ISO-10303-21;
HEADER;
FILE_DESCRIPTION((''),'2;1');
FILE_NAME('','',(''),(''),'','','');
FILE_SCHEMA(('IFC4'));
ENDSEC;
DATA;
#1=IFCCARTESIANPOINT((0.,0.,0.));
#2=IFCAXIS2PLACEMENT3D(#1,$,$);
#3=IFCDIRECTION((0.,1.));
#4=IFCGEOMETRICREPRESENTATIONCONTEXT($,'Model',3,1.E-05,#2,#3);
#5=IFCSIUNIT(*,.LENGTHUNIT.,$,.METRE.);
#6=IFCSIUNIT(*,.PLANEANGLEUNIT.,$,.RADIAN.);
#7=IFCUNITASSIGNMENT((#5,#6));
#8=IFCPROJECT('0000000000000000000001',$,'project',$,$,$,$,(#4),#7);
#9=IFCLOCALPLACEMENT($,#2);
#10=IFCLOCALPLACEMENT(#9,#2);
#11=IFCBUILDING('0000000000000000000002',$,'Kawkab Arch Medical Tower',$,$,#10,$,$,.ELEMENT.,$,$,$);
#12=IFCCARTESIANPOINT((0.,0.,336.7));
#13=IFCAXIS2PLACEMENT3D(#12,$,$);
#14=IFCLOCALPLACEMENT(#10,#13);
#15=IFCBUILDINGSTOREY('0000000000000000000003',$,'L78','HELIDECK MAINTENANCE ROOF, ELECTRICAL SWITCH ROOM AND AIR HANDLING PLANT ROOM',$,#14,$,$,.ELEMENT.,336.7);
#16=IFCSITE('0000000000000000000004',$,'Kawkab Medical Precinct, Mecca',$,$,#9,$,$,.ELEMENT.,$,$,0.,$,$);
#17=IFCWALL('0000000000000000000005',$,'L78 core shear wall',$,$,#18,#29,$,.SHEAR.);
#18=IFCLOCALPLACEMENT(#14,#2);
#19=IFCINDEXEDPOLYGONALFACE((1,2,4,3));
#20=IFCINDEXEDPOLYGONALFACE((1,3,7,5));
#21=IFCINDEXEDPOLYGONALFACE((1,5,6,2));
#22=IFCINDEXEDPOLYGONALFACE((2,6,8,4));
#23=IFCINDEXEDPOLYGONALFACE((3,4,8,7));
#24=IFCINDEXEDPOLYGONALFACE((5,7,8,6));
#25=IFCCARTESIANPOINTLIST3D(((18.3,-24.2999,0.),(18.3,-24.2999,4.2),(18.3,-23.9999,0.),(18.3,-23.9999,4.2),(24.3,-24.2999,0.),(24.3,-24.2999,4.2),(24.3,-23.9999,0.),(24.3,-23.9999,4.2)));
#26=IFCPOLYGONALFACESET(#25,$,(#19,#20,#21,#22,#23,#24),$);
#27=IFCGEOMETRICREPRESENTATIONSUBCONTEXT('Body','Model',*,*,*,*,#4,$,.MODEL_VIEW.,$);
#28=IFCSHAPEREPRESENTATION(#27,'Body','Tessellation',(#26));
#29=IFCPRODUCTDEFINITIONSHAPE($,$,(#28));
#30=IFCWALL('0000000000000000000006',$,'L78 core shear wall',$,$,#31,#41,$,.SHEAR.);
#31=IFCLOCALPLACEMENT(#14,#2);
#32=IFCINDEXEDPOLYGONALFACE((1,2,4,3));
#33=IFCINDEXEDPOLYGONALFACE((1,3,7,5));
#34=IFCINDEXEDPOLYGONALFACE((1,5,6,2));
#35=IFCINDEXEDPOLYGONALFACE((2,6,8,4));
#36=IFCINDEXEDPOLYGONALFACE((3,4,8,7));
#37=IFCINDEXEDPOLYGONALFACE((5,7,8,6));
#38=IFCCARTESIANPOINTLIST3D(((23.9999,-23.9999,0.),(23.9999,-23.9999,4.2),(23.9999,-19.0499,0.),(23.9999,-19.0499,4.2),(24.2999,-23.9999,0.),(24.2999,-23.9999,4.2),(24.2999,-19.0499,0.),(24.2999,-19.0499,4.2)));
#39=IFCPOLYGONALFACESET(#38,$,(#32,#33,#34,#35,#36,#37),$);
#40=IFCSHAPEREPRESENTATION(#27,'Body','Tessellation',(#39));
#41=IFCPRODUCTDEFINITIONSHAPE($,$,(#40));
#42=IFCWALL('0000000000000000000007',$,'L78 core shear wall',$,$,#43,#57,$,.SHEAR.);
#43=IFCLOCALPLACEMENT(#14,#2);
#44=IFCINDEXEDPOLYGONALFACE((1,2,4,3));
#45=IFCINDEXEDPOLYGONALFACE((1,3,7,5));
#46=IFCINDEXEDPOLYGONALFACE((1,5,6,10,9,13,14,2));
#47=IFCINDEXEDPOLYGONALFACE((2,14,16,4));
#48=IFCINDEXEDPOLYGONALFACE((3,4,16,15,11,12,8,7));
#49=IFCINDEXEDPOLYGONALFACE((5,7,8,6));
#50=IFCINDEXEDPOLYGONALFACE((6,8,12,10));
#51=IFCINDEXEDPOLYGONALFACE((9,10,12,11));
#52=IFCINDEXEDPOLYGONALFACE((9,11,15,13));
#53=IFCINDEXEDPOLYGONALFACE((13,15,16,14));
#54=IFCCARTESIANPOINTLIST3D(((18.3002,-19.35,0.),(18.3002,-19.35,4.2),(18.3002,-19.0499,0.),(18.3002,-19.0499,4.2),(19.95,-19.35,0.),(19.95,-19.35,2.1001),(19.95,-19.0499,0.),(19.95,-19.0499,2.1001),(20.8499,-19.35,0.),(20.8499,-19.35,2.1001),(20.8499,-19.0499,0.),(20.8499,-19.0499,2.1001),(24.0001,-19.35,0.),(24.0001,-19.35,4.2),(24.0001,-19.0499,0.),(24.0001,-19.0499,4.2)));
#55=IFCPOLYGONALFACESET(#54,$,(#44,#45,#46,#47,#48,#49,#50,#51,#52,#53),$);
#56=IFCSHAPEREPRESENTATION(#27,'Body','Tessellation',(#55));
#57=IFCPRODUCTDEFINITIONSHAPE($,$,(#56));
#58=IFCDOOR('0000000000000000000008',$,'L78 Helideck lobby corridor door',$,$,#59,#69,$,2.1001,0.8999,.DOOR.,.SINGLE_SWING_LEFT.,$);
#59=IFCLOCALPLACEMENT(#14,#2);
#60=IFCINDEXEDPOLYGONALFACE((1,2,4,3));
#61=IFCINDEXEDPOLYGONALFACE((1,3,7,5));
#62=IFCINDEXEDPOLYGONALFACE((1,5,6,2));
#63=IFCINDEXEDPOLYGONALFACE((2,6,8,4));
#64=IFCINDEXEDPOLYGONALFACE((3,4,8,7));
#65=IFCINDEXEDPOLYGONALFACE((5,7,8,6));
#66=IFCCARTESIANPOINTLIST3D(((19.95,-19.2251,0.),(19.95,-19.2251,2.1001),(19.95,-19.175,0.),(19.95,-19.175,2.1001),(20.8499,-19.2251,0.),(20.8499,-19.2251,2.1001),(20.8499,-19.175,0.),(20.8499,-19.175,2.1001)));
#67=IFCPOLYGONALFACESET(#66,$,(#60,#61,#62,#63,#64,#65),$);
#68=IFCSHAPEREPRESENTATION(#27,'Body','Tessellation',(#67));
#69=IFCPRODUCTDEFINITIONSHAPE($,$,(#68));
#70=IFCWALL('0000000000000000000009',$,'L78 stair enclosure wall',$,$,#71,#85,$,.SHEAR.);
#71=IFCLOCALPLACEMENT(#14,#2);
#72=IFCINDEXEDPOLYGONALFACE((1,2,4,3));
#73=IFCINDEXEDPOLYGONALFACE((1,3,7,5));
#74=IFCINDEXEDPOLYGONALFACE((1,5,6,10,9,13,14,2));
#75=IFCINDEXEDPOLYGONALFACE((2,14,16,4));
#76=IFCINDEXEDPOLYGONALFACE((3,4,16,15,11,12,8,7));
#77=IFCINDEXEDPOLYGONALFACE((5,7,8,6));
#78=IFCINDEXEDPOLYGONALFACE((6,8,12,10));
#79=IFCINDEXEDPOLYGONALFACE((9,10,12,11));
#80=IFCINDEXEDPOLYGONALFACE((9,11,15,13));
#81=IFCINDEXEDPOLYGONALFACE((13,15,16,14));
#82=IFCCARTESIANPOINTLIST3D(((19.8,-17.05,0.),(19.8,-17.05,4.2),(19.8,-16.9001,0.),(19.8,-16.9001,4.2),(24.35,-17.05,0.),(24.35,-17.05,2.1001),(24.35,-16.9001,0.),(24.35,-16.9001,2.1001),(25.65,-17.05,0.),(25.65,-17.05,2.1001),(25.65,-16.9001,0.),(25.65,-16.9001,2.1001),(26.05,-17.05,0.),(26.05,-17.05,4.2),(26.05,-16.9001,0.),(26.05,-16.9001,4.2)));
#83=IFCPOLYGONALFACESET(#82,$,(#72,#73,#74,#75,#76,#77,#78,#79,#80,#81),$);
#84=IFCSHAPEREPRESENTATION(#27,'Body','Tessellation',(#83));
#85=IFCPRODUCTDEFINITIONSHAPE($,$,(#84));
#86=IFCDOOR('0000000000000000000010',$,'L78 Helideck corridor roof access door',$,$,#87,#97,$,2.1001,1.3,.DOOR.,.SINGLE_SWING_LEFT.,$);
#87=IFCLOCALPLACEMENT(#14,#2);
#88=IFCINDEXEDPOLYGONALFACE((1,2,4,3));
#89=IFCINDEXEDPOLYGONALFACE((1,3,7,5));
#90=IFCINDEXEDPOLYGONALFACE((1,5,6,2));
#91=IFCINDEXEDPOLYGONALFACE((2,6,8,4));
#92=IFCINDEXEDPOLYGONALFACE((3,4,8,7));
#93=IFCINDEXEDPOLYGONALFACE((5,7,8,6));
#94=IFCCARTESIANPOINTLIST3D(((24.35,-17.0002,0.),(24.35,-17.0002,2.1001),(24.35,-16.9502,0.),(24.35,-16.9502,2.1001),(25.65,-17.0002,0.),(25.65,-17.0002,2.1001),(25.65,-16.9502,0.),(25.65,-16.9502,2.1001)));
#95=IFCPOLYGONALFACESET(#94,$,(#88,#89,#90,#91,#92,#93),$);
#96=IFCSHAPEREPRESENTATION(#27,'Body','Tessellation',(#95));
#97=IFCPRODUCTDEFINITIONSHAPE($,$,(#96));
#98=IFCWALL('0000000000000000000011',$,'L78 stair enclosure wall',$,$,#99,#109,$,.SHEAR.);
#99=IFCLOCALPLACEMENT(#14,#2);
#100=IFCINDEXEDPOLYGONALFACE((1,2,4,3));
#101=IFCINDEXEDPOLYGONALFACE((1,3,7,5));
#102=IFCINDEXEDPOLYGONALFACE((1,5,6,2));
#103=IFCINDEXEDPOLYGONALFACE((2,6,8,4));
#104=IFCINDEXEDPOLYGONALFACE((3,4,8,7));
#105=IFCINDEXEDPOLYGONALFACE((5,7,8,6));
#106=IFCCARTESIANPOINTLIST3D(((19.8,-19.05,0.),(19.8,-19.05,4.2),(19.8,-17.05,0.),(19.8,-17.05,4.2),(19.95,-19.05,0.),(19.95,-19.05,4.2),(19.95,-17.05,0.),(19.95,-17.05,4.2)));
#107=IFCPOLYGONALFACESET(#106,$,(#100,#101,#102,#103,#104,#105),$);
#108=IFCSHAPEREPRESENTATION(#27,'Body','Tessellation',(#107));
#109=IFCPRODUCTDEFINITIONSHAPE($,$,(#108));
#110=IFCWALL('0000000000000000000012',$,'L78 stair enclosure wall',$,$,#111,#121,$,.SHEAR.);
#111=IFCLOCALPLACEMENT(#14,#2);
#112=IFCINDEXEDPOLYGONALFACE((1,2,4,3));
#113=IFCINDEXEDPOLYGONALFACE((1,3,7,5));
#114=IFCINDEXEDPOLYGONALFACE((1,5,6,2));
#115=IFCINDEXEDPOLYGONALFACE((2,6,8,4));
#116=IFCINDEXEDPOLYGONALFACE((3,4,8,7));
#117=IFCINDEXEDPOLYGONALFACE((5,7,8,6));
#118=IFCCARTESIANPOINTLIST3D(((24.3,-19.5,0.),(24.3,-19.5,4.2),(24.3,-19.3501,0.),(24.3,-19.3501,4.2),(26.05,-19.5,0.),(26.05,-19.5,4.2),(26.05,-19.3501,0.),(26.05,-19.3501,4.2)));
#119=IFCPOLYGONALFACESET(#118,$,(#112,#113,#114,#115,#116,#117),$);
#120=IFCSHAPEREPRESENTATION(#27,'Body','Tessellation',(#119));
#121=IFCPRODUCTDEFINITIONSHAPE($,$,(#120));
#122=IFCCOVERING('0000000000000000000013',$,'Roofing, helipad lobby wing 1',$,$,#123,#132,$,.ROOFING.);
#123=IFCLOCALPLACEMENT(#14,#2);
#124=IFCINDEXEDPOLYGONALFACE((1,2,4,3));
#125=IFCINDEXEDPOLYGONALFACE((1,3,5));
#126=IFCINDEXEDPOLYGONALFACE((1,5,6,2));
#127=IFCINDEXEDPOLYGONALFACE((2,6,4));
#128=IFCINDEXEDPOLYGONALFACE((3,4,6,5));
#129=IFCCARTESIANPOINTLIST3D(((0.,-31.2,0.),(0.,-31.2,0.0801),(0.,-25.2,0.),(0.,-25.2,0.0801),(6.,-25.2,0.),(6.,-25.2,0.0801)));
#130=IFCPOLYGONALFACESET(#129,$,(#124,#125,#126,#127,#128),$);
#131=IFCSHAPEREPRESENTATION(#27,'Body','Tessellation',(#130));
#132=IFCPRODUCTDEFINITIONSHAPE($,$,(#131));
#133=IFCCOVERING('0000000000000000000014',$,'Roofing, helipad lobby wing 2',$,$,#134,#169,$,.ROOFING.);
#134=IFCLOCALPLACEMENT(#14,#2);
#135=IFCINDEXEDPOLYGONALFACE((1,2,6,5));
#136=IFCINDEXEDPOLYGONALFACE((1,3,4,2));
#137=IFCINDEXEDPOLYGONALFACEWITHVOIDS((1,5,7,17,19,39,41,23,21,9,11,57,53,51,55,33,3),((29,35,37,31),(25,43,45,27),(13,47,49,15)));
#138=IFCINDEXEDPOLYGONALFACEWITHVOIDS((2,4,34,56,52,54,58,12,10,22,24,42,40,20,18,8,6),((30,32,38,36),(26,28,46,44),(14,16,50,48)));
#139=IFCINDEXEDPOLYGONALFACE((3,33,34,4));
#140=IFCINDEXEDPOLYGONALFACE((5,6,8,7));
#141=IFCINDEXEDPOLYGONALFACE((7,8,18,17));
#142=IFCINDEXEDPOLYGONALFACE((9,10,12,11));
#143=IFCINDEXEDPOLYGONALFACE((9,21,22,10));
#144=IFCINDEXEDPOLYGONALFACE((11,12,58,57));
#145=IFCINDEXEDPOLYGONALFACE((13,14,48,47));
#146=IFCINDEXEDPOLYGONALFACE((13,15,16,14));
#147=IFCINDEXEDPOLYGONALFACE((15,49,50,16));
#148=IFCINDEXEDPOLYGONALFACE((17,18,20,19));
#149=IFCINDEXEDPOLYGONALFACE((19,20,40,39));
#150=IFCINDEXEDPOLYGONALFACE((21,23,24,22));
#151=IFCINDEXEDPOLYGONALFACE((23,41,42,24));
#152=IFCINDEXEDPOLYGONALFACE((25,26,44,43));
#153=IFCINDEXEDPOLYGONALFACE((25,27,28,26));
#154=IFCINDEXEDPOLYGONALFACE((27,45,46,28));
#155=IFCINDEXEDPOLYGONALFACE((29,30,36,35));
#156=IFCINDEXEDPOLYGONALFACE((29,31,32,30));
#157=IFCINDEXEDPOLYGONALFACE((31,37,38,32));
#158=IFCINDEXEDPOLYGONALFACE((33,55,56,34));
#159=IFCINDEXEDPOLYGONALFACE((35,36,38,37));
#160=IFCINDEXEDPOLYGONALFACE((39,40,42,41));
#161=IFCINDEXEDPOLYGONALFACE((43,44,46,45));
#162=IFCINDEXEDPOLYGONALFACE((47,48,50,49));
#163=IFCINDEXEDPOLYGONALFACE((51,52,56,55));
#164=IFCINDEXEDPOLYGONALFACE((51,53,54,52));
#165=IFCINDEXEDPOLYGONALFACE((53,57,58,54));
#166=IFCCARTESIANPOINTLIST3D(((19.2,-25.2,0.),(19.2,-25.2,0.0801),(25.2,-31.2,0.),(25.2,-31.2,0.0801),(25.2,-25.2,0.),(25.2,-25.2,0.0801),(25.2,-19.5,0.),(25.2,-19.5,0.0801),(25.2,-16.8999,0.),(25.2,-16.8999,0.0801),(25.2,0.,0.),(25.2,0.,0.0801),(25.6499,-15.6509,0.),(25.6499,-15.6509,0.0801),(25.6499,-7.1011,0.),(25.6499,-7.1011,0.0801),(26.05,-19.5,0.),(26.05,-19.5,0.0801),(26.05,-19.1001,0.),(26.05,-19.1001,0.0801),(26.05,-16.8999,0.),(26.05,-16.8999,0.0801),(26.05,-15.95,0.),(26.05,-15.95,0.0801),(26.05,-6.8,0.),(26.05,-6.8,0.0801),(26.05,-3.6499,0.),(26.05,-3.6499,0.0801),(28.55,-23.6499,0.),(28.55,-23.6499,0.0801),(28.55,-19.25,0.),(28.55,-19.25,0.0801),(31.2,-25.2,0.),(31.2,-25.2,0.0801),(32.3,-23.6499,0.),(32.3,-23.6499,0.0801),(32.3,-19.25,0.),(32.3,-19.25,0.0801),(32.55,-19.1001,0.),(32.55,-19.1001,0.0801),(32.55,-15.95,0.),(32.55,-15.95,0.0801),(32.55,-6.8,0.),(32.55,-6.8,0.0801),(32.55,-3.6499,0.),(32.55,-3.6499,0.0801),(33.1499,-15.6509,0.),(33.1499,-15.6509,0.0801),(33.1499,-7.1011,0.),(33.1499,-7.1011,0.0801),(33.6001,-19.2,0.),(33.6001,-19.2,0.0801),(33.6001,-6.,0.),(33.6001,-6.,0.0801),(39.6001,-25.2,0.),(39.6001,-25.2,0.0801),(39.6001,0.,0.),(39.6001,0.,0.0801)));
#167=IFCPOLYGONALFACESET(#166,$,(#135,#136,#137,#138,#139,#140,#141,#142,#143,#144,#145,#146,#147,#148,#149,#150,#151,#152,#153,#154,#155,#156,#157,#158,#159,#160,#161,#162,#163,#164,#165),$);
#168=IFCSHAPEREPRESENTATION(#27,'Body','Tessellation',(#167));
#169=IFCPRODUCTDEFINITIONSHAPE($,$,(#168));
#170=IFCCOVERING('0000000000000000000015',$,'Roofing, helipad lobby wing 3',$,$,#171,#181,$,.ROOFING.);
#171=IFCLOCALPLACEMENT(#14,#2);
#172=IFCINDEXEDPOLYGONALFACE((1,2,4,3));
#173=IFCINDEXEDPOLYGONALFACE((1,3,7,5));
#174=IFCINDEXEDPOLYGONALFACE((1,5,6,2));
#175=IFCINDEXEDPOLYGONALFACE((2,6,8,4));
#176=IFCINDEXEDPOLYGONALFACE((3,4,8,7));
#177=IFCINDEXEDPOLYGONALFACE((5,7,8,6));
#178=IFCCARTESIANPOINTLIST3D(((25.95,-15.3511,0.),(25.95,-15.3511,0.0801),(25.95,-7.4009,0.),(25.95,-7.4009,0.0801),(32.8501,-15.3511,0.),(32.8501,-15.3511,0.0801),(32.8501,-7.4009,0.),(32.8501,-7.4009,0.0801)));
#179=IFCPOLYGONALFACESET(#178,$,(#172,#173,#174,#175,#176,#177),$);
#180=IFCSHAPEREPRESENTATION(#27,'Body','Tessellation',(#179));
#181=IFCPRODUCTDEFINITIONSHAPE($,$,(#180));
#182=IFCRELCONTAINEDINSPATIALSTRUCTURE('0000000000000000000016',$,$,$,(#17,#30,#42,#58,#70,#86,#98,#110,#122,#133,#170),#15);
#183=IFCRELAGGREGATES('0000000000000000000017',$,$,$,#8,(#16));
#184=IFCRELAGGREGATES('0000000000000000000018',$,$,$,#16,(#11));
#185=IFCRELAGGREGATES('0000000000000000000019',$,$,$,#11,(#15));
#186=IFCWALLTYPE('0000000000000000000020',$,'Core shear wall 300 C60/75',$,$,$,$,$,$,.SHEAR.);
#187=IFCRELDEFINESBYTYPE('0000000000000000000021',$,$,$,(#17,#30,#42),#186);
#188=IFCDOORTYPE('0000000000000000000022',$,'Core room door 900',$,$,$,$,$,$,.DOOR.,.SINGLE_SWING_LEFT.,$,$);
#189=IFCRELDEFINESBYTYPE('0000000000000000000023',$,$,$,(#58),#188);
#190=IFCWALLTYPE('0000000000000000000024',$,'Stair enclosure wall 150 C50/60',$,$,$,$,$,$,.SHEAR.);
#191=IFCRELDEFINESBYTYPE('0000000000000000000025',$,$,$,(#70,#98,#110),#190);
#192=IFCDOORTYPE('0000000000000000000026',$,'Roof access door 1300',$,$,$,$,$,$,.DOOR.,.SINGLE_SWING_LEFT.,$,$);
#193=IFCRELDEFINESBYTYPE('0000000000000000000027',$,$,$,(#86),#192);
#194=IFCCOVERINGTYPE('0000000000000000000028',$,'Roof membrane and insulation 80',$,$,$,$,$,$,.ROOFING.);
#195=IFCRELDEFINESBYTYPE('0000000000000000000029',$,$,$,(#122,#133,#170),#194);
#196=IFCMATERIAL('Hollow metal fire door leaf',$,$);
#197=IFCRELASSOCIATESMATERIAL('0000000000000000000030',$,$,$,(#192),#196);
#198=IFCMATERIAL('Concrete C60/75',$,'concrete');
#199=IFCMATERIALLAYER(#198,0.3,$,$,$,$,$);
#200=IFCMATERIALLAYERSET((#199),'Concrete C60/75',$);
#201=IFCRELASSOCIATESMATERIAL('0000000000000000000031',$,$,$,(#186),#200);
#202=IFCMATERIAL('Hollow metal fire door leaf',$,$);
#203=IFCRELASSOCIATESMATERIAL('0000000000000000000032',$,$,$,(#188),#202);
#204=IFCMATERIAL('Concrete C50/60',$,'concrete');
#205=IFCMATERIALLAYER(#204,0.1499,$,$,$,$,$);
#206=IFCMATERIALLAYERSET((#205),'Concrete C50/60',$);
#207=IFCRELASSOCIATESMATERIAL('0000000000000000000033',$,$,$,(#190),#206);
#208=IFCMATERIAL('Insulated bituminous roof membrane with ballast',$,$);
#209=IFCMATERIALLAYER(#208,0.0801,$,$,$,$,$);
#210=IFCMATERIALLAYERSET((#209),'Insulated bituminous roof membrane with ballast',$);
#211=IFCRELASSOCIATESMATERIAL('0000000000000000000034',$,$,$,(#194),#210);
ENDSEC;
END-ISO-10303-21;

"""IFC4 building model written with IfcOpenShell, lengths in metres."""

from ifc_helpers import new_model, si_unit, direction, frame, frame_2d, origin, place, context, subcontext, project, spatial, polyline, rectangle, outline, extrude, material, layer, layer_set, type_object, element, fill, save


model = new_model("IFC4")

# Units and contexts
model_context = context("Model", 3, precision=1e-05, world=origin(), true_north=direction((0.0, 1.0)))
body_context = subcontext(model_context, "Body", "Model", "MODEL_VIEW")
ifc_project = project(units=[si_unit("LENGTHUNIT", "METRE"), si_unit("PLANEANGLEUNIT", "RADIAN")], contexts=[model_context])

# Site, building, storey
site_placement = place(None, origin())
site = spatial("IfcSite", under=ifc_project, at=site_placement, Name="Kawkab Medical Precinct, Mecca", CompositionType="ELEMENT", RefElevation=0.0)
building_placement = place(site_placement, origin())
building = spatial("IfcBuilding", under=site, at=building_placement, Name="Kawkab Arch Medical Tower", CompositionType="ELEMENT")
storey_placement = place(building_placement, frame((0.0, 0.0, 336.7)))
storey = spatial("IfcBuildingStorey", under=building, at=storey_placement, Name="L78", Description="HELIDECK MAINTENANCE ROOF, ELECTRICAL SWITCH ROOM AND AIR HANDLING PLANT ROOM", CompositionType="ELEMENT", Elevation=336.7)

# Shared definitions
placement_1 = place(storey_placement, origin())

# Shared definitions
ifc_material_1 = material(Name="Hollow metal fire door leaf")
door_type_1 = type_object("IfcDoorType", Name="Roof access door 1300", OperationType="SINGLE_SWING_LEFT", PredefinedType="DOOR", material=ifc_material_1)

# Walls
ifc_material_2 = material(Name="Concrete C60/75", Category="concrete")
ifc_layer_1 = layer(ifc_material_2, 0.3)
ifc_layer_set_1 = layer_set([ifc_layer_1], Name="Concrete C60/75")
wall_type_1 = type_object("IfcWallType", Name="Core shear wall 300 C60/75", PredefinedType="SHEAR", material=ifc_layer_set_1)
wall_1_placement = place(storey_placement, frame((18.3, -24.1499, 0.0), z_axis=(0.0, 0.0, 1.0), x_axis=(1.0, 0.0, 0.0)))
element("IfcWall", 1, at=wall_1_placement, inside=storey, type_object=wall_type_1, Name="L78 core shear wall", PredefinedType="SHEAR", context=body_context, shape_type="SweptSolid", body=[
    extrude(rectangle(XDim=6.0, YDim=0.3, at=frame_2d((3.0, 0.0))), origin(), (0.0, 0.0, 1.0), 4.2),
])
wall_2_placement = place(storey_placement, frame((24.1499, -24.0, 0.0), z_axis=(0.0, 0.0, 1.0), x_axis=(0.0, 1.0, 0.0)))
element("IfcWall", 2, at=wall_2_placement, inside=storey, type_object=wall_type_1, Name="L78 core shear wall", PredefinedType="SHEAR", context=body_context, shape_type="SweptSolid", body=[
    extrude(rectangle(XDim=4.95, YDim=0.3, at=frame_2d((2.4751, 0.0))), origin(), (0.0, 0.0, 1.0), 4.2),
])

# Walls, openings, doors
wall_3_placement = place(storey_placement, frame((18.3, -19.2, 0.0), z_axis=(0.0, 0.0, 1.0), x_axis=(1.0, 0.0, 0.0)))
wall_3 = element("IfcWall", 3, at=wall_3_placement, inside=storey, type_object=wall_type_1, Name="L78 core shear wall", PredefinedType="SHEAR", context=body_context, shape_type="SweptSolid", body=[
    extrude(rectangle(XDim=5.7, YDim=0.3, at=frame_2d((2.8501, 0.0))), origin(), (0.0, 0.0, 1.0), 4.2),
])
opening_1_placement = place(wall_3_placement, frame((1.6499, 0.0, 0.0)))
opening_1 = element("IfcOpeningElement", 4, at=opening_1_placement, cuts=wall_3, PredefinedType="OPENING", context=body_context, shape_type="SweptSolid", body=[
    extrude(rectangle(XDim=0.8999, YDim=2.1001, at=frame_2d((0.45, 1.05))), frame((0.0, 0.1599, 0.0), z_axis=(0.0, -1.0, 0.0), x_axis=(1.0, 0.0, 0.0)), (0.0, 0.0, 1.0), 0.3201),
])
ifc_material_3 = material(Name="Hollow metal fire door leaf")
door_type_2 = type_object("IfcDoorType", Name="Core room door 900", OperationType="SINGLE_SWING_LEFT", PredefinedType="DOOR", material=ifc_material_3)
door_1_placement = place(opening_1_placement, origin())
door_1 = element("IfcDoor", 5, at=door_1_placement, inside=storey, type_object=door_type_2, Name="L78 Helideck lobby corridor door", OperationType="SINGLE_SWING_LEFT", OverallHeight=2.1001, OverallWidth=0.8999, PredefinedType="DOOR", context=body_context, shape_type="SweptSolid", body=[
    extrude(rectangle(XDim=0.8999, YDim=2.1001, at=frame_2d((0.45, 1.05))), frame((0.0, 0.0249, 0.0), z_axis=(0.0, -1.0, 0.0), x_axis=(1.0, 0.0, 0.0)), (0.0, 0.0, 1.0), 0.05),
])
fill(opening_1, door_1)
ifc_material_4 = material(Name="Concrete C50/60", Category="concrete")
ifc_layer_2 = layer(ifc_material_4, 0.1499)
ifc_layer_set_2 = layer_set([ifc_layer_2], Name="Concrete C50/60")
wall_type_2 = type_object("IfcWallType", Name="Stair enclosure wall 150 C50/60", PredefinedType="SHEAR", material=ifc_layer_set_2)
wall_4_placement = place(storey_placement, frame((19.8, -16.9751, 0.0), z_axis=(0.0, 0.0, 1.0), x_axis=(1.0, 0.0, 0.0)))
wall_4 = element("IfcWall", 6, at=wall_4_placement, inside=storey, type_object=wall_type_2, Name="L78 stair enclosure wall", PredefinedType="SHEAR", context=body_context, shape_type="SweptSolid", body=[
    extrude(rectangle(XDim=6.25, YDim=0.1499, at=frame_2d((3.125, 0.0))), origin(), (0.0, 0.0, 1.0), 4.2),
])
opening_2_placement = place(wall_4_placement, frame((4.55, 0.0, 0.0)))
opening_2 = element("IfcOpeningElement", 7, at=opening_2_placement, cuts=wall_4, PredefinedType="OPENING", context=body_context, shape_type="SweptSolid", body=[
    extrude(rectangle(XDim=1.3, YDim=2.1001, at=frame_2d((0.6499, 1.05))), frame((0.0, 0.085, 0.0), z_axis=(0.0, -1.0, 0.0), x_axis=(1.0, 0.0, 0.0)), (0.0, 0.0, 1.0), 0.1699),
])
door_2_placement = place(opening_2_placement, origin())
door_2 = element("IfcDoor", 8, at=door_2_placement, inside=storey, type_object=door_type_1, Name="L78 Helideck corridor roof access door", OperationType="SINGLE_SWING_LEFT", OverallHeight=2.1001, OverallWidth=1.3, PredefinedType="DOOR", context=body_context, shape_type="SweptSolid", body=[
    extrude(rectangle(XDim=1.3, YDim=2.1001, at=frame_2d((0.6499, 1.05))), frame((0.0, 0.0249, 0.0), z_axis=(0.0, -1.0, 0.0), x_axis=(1.0, 0.0, 0.0)), (0.0, 0.0, 1.0), 0.05),
])
fill(opening_2, door_2)

# Walls
wall_5_placement = place(storey_placement, frame((19.875, -19.05, 0.0), z_axis=(0.0, 0.0, 1.0), x_axis=(0.0, 1.0, 0.0)))
element("IfcWall", 9, at=wall_5_placement, inside=storey, type_object=wall_type_2, Name="L78 stair enclosure wall", PredefinedType="SHEAR", context=body_context, shape_type="SweptSolid", body=[
    extrude(rectangle(XDim=2.0, YDim=0.1499, at=frame_2d((1.0, 0.0))), origin(), (0.0, 0.0, 1.0), 4.2),
])
wall_6_placement = place(storey_placement, frame((24.3, -19.425, 0.0), z_axis=(0.0, 0.0, 1.0), x_axis=(1.0, 0.0, 0.0)))
element("IfcWall", 10, at=wall_6_placement, inside=storey, type_object=wall_type_2, Name="L78 stair enclosure wall", PredefinedType="SHEAR", context=body_context, shape_type="SweptSolid", body=[
    extrude(rectangle(XDim=1.75, YDim=0.1499, at=frame_2d((0.875, 0.0))), origin(), (0.0, 0.0, 1.0), 4.2),
])

# Coverings
ifc_material_5 = material(Name="Insulated bituminous roof membrane with ballast")
ifc_layer_3 = layer(ifc_material_5, 0.0801)
ifc_layer_set_3 = layer_set([ifc_layer_3], Name="Insulated bituminous roof membrane with ballast")
covering_type = type_object("IfcCoveringType", Name="Roof membrane and insulation 80", PredefinedType="ROOFING", material=ifc_layer_set_3)
element("IfcCovering", 11, at=placement_1, inside=storey, type_object=covering_type, Name="Roofing, helipad lobby wing 1", PredefinedType="ROOFING", context=body_context, shape_type="SweptSolid", body=[
    extrude(outline(polyline([(0.0, -31.2), (6.0, -25.2), (0.0, -25.2), (0.0, -31.2)])), origin(), (0.0, 0.0, 1.0), 0.0801),
])
element("IfcCovering", 12, at=placement_1, inside=storey, type_object=covering_type, Name="Roofing, helipad lobby wing 2", PredefinedType="ROOFING", context=body_context, shape_type="SweptSolid", body=[
    extrude(outline(polyline([(25.2, -31.2), (31.2, -25.2), (39.6001, -25.2), (33.6001, -19.2), (33.6001, -6.0), (39.6001, 0.0), (25.2, 0.0), (25.2, -16.8999), (26.05, -16.8999), (26.05, -15.95), (32.55, -15.95), (32.55, -19.1001), (26.05, -19.1001), (26.05, -19.5), (25.2, -19.5), (25.2, -25.2), (19.2, -25.2), (25.2, -31.2)]), holes=[polyline([(28.55, -19.25), (32.3, -19.25), (32.3, -23.6499), (28.55, -23.6499), (28.55, -19.25)]), polyline([(25.6499, -15.6509), (25.6499, -7.1011), (33.1499, -7.1011), (33.1499, -15.6509), (25.6499, -15.6509)]), polyline([(26.05, -3.6499), (32.55, -3.6499), (32.55, -6.8), (26.05, -6.8), (26.05, -3.6499)])]), origin(), (0.0, 0.0, 1.0), 0.0801),
])
element("IfcCovering", 13, at=placement_1, inside=storey, type_object=covering_type, Name="Roofing, helipad lobby wing 3", PredefinedType="ROOFING", context=body_context, shape_type="SweptSolid", body=[
    extrude(outline(polyline([(25.95, -15.3511), (32.8501, -15.3511), (32.8501, -7.4009), (25.95, -7.4009), (25.95, -15.3511)])), origin(), (0.0, 0.0, 1.0), 0.0801),
])

save(model, "model.ifc")
